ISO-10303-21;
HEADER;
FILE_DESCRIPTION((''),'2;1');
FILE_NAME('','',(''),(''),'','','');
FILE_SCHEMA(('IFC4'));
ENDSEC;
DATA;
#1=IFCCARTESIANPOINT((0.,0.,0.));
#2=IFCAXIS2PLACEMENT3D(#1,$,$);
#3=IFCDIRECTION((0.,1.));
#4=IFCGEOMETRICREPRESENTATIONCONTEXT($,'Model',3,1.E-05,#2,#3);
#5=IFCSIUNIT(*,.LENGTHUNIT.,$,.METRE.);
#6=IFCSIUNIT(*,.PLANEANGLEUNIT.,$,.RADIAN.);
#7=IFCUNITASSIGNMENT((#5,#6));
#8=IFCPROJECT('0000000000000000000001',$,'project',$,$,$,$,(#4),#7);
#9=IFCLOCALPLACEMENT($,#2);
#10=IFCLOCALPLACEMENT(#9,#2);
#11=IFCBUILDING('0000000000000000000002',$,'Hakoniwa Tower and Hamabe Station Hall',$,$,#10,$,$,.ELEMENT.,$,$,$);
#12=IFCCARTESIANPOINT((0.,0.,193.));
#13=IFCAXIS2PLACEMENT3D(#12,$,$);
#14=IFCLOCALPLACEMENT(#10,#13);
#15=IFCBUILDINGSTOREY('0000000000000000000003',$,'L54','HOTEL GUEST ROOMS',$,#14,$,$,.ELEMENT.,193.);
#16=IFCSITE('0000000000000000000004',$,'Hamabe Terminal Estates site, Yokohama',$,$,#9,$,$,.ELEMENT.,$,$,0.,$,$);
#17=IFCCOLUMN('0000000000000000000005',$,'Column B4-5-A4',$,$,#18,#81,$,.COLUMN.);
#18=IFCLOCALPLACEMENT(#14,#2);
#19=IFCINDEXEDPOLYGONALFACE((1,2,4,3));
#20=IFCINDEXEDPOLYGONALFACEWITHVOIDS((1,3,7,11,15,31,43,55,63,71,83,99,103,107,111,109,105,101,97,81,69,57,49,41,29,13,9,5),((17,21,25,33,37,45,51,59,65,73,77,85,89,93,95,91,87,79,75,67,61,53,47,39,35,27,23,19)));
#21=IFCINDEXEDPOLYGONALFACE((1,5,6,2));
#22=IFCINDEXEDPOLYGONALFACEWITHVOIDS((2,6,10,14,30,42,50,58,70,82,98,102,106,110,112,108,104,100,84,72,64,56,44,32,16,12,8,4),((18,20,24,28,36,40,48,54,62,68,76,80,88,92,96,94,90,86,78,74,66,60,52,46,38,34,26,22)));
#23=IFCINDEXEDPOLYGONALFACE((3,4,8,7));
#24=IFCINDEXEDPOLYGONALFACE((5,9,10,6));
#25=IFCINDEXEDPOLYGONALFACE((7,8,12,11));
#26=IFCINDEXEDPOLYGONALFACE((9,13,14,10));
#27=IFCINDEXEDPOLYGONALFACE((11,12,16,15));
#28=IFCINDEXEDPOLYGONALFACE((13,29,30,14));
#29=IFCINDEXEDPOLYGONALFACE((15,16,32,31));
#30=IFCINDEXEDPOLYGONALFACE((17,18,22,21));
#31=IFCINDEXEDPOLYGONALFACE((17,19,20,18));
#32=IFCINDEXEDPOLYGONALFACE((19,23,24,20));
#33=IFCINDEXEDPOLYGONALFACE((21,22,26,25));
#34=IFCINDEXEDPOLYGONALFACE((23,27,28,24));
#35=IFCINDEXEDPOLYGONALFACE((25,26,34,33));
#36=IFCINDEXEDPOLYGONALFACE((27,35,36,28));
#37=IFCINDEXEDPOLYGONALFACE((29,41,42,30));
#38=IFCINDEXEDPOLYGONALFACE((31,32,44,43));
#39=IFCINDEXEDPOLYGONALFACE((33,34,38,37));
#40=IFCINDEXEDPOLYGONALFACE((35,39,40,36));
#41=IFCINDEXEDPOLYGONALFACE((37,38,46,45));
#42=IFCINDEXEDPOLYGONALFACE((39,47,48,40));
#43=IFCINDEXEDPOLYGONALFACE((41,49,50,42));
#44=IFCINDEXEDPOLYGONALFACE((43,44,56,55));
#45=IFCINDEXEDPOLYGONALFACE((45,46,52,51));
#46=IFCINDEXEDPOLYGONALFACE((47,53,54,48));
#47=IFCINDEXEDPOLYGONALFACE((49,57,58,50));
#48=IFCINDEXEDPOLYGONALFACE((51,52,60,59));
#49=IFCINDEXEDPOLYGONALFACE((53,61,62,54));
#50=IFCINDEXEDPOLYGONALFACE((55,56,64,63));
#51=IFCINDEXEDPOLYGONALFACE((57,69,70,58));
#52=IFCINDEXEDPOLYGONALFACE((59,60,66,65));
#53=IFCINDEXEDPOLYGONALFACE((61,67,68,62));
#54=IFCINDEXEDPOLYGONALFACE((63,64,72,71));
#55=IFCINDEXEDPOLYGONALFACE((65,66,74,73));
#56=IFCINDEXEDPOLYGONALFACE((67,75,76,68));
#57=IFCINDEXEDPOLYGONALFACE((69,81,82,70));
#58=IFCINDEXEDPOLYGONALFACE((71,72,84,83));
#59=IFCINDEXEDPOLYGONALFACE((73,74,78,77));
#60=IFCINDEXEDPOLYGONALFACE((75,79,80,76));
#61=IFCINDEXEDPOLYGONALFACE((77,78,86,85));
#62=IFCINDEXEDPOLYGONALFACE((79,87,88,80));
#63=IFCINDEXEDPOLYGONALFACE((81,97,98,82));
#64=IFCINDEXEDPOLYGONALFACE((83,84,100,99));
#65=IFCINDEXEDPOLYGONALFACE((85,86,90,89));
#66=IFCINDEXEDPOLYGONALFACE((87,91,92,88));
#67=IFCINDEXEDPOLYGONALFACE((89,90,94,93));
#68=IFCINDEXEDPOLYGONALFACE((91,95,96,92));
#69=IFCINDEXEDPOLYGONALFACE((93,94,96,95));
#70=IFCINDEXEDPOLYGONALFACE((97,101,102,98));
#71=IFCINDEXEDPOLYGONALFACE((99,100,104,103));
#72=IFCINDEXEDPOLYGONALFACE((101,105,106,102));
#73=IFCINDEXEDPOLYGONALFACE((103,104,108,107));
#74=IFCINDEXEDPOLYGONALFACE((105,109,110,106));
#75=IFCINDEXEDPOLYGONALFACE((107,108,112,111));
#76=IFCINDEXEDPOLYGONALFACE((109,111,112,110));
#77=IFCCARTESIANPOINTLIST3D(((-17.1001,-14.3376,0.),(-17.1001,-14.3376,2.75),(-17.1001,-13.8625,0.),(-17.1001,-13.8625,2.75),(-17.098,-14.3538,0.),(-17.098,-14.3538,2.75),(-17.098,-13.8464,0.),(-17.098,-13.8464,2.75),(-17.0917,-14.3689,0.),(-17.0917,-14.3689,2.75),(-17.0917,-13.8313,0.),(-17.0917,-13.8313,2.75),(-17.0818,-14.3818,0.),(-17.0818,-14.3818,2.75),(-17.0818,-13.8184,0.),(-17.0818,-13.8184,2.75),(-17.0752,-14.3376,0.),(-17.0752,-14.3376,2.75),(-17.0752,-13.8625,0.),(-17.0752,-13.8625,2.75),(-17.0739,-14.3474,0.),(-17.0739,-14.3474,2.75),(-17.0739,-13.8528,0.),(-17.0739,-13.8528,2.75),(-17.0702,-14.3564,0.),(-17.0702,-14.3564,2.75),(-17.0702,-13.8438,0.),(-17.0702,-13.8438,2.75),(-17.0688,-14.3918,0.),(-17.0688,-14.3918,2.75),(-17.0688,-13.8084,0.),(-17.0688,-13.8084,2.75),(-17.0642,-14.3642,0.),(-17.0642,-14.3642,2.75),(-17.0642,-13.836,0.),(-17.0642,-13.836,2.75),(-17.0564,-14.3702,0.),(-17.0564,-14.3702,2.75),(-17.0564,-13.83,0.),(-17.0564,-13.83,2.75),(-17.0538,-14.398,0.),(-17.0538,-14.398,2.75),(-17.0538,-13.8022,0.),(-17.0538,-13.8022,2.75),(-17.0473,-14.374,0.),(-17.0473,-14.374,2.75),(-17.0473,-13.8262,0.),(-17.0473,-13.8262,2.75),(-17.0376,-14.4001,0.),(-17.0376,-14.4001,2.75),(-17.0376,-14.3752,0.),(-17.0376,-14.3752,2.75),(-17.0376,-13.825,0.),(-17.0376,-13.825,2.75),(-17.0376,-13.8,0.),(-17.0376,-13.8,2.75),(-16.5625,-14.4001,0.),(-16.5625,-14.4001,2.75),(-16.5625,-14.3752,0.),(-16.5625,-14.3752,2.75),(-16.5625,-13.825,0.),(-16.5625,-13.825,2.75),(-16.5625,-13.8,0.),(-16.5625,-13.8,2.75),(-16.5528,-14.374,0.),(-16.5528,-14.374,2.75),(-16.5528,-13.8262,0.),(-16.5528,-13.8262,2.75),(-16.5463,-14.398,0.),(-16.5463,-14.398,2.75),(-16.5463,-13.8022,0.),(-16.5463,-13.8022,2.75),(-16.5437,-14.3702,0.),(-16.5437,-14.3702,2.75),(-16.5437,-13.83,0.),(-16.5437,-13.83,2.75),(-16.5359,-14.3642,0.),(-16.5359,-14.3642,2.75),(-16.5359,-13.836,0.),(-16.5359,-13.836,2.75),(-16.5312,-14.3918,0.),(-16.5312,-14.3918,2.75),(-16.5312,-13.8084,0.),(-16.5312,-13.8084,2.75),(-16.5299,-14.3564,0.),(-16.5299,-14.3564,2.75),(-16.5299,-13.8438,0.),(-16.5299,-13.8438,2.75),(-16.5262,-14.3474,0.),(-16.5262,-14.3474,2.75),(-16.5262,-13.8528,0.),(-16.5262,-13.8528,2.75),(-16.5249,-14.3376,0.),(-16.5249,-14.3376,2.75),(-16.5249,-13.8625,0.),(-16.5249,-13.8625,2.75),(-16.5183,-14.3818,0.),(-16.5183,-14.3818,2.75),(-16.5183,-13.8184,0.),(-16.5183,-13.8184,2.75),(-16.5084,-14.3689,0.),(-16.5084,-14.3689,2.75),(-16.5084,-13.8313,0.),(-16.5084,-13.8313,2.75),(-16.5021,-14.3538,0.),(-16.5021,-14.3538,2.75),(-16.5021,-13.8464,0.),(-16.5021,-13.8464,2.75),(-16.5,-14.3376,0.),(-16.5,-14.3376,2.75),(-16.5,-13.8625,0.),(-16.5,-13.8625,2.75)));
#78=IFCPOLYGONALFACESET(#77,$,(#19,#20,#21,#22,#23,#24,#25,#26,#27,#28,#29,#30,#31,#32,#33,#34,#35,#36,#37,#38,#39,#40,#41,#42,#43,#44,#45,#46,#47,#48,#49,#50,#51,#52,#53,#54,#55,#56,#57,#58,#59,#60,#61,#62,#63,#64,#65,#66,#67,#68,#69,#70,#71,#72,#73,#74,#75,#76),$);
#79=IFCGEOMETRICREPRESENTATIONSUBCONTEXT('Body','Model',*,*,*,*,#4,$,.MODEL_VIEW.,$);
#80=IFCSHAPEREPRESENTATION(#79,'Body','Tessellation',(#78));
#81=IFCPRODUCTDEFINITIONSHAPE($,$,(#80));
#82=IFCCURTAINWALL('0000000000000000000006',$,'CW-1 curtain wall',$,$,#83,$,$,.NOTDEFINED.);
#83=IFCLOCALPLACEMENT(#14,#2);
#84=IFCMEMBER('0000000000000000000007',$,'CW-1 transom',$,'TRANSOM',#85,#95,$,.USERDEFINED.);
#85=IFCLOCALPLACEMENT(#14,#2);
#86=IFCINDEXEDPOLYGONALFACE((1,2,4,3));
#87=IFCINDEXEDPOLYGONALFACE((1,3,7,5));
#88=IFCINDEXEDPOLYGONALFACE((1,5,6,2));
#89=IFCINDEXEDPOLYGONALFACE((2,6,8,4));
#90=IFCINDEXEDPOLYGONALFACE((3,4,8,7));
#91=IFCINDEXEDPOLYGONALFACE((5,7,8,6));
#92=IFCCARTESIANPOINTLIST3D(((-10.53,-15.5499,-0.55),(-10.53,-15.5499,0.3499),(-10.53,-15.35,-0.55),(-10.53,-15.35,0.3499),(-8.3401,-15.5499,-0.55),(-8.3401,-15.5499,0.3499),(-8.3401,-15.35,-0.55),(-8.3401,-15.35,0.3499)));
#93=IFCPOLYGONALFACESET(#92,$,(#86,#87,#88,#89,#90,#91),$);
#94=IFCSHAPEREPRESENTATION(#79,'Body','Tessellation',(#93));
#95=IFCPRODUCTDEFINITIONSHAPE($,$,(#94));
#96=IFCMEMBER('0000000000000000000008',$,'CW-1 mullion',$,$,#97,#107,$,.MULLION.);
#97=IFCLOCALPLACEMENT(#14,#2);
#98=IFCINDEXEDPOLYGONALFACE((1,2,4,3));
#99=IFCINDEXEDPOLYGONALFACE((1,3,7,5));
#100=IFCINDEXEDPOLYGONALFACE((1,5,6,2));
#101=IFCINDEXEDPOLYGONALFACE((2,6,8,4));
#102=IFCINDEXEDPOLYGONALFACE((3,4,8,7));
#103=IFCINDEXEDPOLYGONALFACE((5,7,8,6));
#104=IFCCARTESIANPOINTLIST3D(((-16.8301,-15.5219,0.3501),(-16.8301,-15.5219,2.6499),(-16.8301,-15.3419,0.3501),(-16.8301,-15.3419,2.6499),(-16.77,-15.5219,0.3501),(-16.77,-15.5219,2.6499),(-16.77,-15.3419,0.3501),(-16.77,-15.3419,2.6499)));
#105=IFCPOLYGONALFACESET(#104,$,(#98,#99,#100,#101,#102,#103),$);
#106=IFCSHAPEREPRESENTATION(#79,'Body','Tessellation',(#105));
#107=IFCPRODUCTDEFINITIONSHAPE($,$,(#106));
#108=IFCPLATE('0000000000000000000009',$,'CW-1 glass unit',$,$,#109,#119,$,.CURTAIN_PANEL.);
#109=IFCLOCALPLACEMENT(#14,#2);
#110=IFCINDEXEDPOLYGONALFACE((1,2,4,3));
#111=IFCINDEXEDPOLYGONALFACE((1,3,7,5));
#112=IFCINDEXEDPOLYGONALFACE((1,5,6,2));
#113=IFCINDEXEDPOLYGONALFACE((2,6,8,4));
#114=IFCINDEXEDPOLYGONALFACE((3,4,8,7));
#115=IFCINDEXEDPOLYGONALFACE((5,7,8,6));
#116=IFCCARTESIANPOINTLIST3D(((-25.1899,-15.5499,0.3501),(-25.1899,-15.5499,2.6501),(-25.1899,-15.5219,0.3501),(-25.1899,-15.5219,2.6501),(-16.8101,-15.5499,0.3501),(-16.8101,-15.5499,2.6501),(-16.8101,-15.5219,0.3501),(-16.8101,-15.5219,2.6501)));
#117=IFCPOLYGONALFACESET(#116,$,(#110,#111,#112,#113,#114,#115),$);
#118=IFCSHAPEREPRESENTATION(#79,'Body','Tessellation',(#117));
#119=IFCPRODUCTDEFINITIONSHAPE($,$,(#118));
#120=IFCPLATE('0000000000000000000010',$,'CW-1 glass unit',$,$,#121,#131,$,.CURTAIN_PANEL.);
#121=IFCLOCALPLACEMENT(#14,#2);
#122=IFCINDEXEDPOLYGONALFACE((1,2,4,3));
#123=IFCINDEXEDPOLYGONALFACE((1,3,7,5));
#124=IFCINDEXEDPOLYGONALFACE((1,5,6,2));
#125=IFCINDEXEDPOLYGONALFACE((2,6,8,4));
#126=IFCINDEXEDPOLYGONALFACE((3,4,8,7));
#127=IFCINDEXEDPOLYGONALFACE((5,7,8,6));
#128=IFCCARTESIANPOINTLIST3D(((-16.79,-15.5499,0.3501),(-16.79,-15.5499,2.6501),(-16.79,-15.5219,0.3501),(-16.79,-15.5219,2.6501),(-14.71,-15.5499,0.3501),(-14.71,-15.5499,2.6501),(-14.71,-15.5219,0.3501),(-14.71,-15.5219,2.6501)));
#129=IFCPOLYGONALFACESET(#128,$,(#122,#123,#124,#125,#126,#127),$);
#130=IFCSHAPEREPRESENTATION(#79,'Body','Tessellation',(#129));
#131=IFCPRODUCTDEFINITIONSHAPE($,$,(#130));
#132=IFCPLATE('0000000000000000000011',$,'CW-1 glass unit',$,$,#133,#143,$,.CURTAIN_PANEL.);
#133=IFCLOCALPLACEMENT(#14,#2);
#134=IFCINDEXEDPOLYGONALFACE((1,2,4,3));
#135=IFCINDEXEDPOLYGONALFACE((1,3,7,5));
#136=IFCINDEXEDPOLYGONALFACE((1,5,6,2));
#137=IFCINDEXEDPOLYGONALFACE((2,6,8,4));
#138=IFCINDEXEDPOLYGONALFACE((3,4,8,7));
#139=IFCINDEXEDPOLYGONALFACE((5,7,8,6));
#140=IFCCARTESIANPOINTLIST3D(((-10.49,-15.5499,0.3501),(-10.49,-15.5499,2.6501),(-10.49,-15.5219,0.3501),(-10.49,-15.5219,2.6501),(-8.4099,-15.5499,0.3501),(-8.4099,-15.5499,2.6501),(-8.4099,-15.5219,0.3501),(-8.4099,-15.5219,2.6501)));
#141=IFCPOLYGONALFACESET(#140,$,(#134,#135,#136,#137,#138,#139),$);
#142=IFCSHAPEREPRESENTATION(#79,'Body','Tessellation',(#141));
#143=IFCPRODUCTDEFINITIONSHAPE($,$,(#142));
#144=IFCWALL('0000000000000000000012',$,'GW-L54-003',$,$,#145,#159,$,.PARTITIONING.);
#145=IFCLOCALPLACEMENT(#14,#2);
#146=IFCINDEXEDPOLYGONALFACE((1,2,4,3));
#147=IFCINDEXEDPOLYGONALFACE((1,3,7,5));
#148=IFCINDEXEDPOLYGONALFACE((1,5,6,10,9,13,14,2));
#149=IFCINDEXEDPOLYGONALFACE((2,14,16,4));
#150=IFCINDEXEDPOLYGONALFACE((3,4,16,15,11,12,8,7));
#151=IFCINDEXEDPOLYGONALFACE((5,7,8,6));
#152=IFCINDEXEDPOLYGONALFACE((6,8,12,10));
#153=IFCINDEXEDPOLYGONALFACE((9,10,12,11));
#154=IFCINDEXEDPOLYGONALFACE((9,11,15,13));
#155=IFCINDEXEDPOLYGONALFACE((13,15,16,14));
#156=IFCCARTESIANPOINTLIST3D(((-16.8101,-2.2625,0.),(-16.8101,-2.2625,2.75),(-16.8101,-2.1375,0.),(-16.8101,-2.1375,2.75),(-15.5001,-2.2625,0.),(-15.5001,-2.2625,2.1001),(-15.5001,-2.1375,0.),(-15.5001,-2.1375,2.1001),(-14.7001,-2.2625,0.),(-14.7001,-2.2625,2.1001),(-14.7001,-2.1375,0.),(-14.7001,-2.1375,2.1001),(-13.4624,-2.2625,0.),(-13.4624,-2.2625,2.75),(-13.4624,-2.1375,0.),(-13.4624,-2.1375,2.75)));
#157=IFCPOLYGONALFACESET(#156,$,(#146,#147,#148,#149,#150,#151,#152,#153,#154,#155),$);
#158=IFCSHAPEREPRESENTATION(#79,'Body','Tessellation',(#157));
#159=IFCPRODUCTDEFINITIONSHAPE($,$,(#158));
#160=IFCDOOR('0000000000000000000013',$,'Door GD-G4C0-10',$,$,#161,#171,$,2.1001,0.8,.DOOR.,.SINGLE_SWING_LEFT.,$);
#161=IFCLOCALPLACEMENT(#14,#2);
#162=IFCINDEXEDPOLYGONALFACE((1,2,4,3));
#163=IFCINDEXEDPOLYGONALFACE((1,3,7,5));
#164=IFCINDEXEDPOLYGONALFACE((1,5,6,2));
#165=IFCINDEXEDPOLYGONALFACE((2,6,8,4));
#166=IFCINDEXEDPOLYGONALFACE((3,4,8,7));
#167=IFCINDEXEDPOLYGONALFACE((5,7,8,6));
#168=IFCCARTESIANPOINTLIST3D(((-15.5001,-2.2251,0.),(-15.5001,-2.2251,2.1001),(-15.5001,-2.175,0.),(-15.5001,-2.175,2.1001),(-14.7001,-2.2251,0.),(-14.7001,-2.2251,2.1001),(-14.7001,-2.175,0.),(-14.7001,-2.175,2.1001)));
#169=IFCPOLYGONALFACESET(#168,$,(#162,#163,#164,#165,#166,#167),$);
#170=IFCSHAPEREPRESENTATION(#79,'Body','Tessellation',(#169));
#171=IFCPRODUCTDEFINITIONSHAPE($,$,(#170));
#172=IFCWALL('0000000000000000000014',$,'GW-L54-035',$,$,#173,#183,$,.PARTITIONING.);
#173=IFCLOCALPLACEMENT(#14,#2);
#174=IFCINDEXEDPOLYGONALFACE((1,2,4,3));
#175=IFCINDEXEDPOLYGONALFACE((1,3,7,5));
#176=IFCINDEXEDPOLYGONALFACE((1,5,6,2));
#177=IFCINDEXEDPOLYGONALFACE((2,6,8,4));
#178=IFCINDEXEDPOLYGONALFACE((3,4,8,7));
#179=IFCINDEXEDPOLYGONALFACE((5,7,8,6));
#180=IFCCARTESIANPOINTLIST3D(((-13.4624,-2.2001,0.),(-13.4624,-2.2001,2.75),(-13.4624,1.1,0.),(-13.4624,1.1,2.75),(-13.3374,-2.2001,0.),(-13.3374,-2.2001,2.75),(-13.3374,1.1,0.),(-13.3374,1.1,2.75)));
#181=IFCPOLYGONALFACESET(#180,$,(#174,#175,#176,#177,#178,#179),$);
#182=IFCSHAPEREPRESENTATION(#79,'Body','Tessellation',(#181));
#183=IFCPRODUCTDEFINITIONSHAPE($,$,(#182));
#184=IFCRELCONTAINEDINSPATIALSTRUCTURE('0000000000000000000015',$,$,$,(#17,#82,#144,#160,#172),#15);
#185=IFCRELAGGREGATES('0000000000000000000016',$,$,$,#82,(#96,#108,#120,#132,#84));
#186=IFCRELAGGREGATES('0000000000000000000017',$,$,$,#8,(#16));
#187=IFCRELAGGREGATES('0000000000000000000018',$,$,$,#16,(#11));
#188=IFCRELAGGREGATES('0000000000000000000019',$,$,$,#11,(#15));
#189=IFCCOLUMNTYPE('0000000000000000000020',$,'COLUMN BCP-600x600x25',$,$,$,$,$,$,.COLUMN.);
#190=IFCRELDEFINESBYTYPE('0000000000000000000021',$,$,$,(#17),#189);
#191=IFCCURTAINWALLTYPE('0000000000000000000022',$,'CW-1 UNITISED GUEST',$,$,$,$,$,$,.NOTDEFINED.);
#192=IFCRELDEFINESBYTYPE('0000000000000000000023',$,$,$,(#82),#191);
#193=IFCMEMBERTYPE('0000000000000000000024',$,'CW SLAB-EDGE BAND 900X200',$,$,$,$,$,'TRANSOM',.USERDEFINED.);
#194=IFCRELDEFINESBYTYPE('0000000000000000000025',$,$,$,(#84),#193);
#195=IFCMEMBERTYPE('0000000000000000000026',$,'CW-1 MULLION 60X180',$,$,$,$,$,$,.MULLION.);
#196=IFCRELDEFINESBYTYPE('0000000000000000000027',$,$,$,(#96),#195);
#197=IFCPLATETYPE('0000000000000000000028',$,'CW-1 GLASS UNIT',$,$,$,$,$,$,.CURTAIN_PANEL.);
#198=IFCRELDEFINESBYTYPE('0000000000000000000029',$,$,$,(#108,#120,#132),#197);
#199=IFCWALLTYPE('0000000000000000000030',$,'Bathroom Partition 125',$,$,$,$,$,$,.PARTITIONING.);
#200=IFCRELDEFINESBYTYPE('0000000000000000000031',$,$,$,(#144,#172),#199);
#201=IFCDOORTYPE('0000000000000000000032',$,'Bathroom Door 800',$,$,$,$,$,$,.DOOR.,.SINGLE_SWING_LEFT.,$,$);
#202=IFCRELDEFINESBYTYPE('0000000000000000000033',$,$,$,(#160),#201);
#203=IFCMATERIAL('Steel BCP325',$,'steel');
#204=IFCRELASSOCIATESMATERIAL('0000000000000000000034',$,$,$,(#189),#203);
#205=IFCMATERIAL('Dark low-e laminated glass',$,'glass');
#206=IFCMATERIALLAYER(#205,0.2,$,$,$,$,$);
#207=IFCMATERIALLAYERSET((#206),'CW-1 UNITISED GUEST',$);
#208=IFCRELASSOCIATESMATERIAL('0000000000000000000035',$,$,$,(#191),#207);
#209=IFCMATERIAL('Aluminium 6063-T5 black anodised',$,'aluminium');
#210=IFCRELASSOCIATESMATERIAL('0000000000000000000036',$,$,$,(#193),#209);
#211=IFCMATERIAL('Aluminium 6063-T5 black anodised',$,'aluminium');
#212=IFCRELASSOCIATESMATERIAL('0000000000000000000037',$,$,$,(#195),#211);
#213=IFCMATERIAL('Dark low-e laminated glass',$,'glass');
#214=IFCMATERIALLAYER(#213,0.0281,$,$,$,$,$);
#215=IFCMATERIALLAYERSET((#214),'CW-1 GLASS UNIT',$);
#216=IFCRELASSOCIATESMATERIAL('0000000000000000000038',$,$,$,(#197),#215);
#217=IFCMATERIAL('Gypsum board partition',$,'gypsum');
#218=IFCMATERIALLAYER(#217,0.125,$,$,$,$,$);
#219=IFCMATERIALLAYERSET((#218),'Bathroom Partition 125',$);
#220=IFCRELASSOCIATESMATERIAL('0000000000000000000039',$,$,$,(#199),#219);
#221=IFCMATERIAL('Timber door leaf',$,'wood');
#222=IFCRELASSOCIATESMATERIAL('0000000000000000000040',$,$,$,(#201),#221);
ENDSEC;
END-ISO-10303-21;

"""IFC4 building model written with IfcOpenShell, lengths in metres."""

from ifc_helpers import new_model, si_unit, direction, frame, frame_2d, origin, origin_2d, place, context, subcontext, project, spatial, rectangle, hollow_rectangle, extrude, material, layer, layer_set, material_profile, profile_set, type_object, element, fill, aggregate, save


model = new_model("IFC4")

# Units and contexts
model_context = context("Model", 3, precision=1e-05, world=origin(), true_north=direction((0.0, 1.0)))
body_context = subcontext(model_context, "Body", "Model", "MODEL_VIEW")
ifc_project = project(units=[si_unit("LENGTHUNIT", "METRE"), si_unit("PLANEANGLEUNIT", "RADIAN")], contexts=[model_context])

# Site, building, storey
site_placement = place(None, origin())
site = spatial("IfcSite", under=ifc_project, at=site_placement, Name="Hamabe Terminal Estates site, Yokohama", CompositionType="ELEMENT", RefElevation=0.0)
building_placement = place(site_placement, origin())
building = spatial("IfcBuilding", under=site, at=building_placement, Name="Hakoniwa Tower and Hamabe Station Hall", CompositionType="ELEMENT")
storey_placement = place(building_placement, frame((0.0, 0.0, 193.0)))
storey = spatial("IfcBuildingStorey", under=building, at=storey_placement, Name="L54", Description="HOTEL GUEST ROOMS", CompositionType="ELEMENT", Elevation=193.0)

# Column
ifc_material_1 = material(Name="Steel BCP325", Category="steel")
ifc_material_profile_1 = material_profile(ifc_material_1, hollow_rectangle(XDim=0.6001, YDim=0.6001, WallThickness=0.0249, InnerFilletRadius=0.0376, OuterFilletRadius=0.0625, at=origin_2d()), Name="BCP-600x600x25")
ifc_profile_set_1 = profile_set([ifc_material_profile_1], Name="Steel BCP325")
column_type = type_object("IfcColumnType", Name="COLUMN BCP-600x600x25", PredefinedType="COLUMN", material=ifc_profile_set_1)
column_placement = place(storey_placement, frame((-16.8, -14.1001, 0.0), z_axis=(0.0, 0.0, 1.0), x_axis=(1.0, 0.0, 0.0)))
element("IfcColumn", 1, at=column_placement, inside=storey, type_object=column_type, Name="Column B4-5-A4", PredefinedType="COLUMN", context=body_context, shape_type="SweptSolid", body=[
    extrude(hollow_rectangle(XDim=0.6001, YDim=0.6001, WallThickness=0.0249, InnerFilletRadius=0.0376, OuterFilletRadius=0.0625, at=origin_2d()), origin(), (0.0, 0.0, 1.0), 2.75),
])

# Curtain wall, members, plates
ifc_material_2 = material(Name="Dark low-e laminated glass", Category="glass")
ifc_layer_1 = layer(ifc_material_2, 0.2)
ifc_layer_set_1 = layer_set([ifc_layer_1], Name="CW-1 UNITISED GUEST")
curtain_wall_type = type_object("IfcCurtainWallType", Name="CW-1 UNITISED GUEST", PredefinedType="NOTDEFINED", material=ifc_layer_set_1)
curtain_wall_placement = place(storey_placement, origin())
curtain_wall = element("IfcCurtainWall", 2, at=curtain_wall_placement, inside=storey, type_object=curtain_wall_type, Name="CW-1 curtain wall", PredefinedType="NOTDEFINED")
ifc_material_3 = material(Name="Aluminium 6063-T5 black anodised", Category="aluminium")
ifc_material_profile_2 = material_profile(ifc_material_3, rectangle(XDim=0.2, YDim=0.8999, at=origin_2d()), Name="CW SLAB-EDGE BAND 900X200")
ifc_profile_set_2 = profile_set([ifc_material_profile_2], Name="Aluminium 6063-T5 black anodised")
member_type_1 = type_object("IfcMemberType", Name="CW SLAB-EDGE BAND 900X200", ElementType="TRANSOM", PredefinedType="USERDEFINED", material=ifc_profile_set_2)
member_1_placement = place(storey_placement, frame((-10.53, -15.45, -0.1001), z_axis=(1.0, 0.0, 0.0), x_axis=(0.0, 1.0, 0.0)))
member_1 = element("IfcMember", 3, at=member_1_placement, type_object=member_type_1, Name="CW-1 transom", ObjectType="TRANSOM", PredefinedType="USERDEFINED", context=body_context, shape_type="SweptSolid", body=[
    extrude(rectangle(XDim=0.2, YDim=0.8999, at=origin_2d()), origin(), (0.0, 0.0, 1.0), 2.1899),
])
ifc_material_4 = material(Name="Aluminium 6063-T5 black anodised", Category="aluminium")
ifc_material_profile_3 = material_profile(ifc_material_4, rectangle(XDim=0.0601, YDim=0.1799, at=origin_2d()), Name="CW-1 MULLION 60X180")
ifc_profile_set_3 = profile_set([ifc_material_profile_3], Name="Aluminium 6063-T5 black anodised")
member_type_2 = type_object("IfcMemberType", Name="CW-1 MULLION 60X180", PredefinedType="MULLION", material=ifc_profile_set_3)
member_2_placement = place(storey_placement, frame((-16.8, -15.4319, 0.3501), z_axis=(0.0, 0.0, 1.0), x_axis=(1.0, 0.0, 0.0)))
member_2 = element("IfcMember", 4, at=member_2_placement, type_object=member_type_2, Name="CW-1 mullion", PredefinedType="MULLION", context=body_context, shape_type="SweptSolid", body=[
    extrude(rectangle(XDim=0.0601, YDim=0.1799, at=origin_2d()), origin(), (0.0, 0.0, 1.0), 2.2998),
])
ifc_material_5 = material(Name="Dark low-e laminated glass", Category="glass")
ifc_layer_2 = layer(ifc_material_5, 0.0281)
ifc_layer_set_2 = layer_set([ifc_layer_2], Name="CW-1 GLASS UNIT")
plate_type = type_object("IfcPlateType", Name="CW-1 GLASS UNIT", PredefinedType="CURTAIN_PANEL", material=ifc_layer_set_2)
plate_1_placement = place(storey_placement, frame((-21.0, -15.5359, 0.3501), z_axis=(0.0, 0.0, 1.0), x_axis=(1.0, 0.0, 0.0)))
plate_1 = element("IfcPlate", 5, at=plate_1_placement, type_object=plate_type, Name="CW-1 glass unit", PredefinedType="CURTAIN_PANEL", context=body_context, shape_type="SweptSolid", body=[
    extrude(rectangle(XDim=8.3799, YDim=0.0281, at=origin_2d()), origin(), (0.0, 0.0, 1.0), 2.3),
])
plate_2_placement = place(storey_placement, frame((-15.75, -15.5359, 0.3501), z_axis=(0.0, 0.0, 1.0), x_axis=(1.0, 0.0, 0.0)))
plate_2 = element("IfcPlate", 6, at=plate_2_placement, type_object=plate_type, Name="CW-1 glass unit", PredefinedType="CURTAIN_PANEL", context=body_context, shape_type="SweptSolid", body=[
    extrude(rectangle(XDim=2.0801, YDim=0.0281, at=origin_2d()), origin(), (0.0, 0.0, 1.0), 2.3),
])
plate_3_placement = place(storey_placement, frame((-9.45, -15.5359, 0.3501), z_axis=(0.0, 0.0, 1.0), x_axis=(1.0, 0.0, 0.0)))
plate_3 = element("IfcPlate", 7, at=plate_3_placement, type_object=plate_type, Name="CW-1 glass unit", PredefinedType="CURTAIN_PANEL", context=body_context, shape_type="SweptSolid", body=[
    extrude(rectangle(XDim=2.0801, YDim=0.0281, at=origin_2d()), origin(), (0.0, 0.0, 1.0), 2.3),
])

# Wall, opening, door
ifc_material_6 = material(Name="Gypsum board partition", Category="gypsum")
ifc_layer_3 = layer(ifc_material_6, 0.125)
ifc_layer_set_3 = layer_set([ifc_layer_3], Name="Bathroom Partition 125")
wall_type_1 = type_object("IfcWallType", Name="Bathroom Partition 125", PredefinedType="PARTITIONING", material=ifc_layer_set_3)
wall_1_placement = place(storey_placement, frame((-16.8101, -2.2, 0.0), z_axis=(0.0, 0.0, 1.0), x_axis=(1.0, 0.0, 0.0)))
wall_1 = element("IfcWall", 8, at=wall_1_placement, inside=storey, type_object=wall_type_1, Name="GW-L54-003", PredefinedType="PARTITIONING", context=body_context, shape_type="SweptSolid", body=[
    extrude(rectangle(XDim=3.3477, YDim=0.125, at=frame_2d((1.6738, 0.0))), origin(), (0.0, 0.0, 1.0), 2.75),
])
opening_1_placement = place(wall_1_placement, frame((1.3101, 0.0, 0.0)))
opening_1 = element("IfcOpeningElement", 9, at=opening_1_placement, cuts=wall_1, PredefinedType="OPENING", context=body_context, shape_type="SweptSolid", body=[
    extrude(rectangle(XDim=0.8, YDim=2.1001, at=frame_2d((0.3999, 1.05))), frame((0.0, 0.0725, 0.0), z_axis=(0.0, -1.0, 0.0), x_axis=(1.0, 0.0, 0.0)), (0.0, 0.0, 1.0), 0.145),
])
ifc_material_7 = material(Name="Timber door leaf", Category="wood")
door_type_1 = type_object("IfcDoorType", Name="Bathroom Door 800", OperationType="SINGLE_SWING_LEFT", PredefinedType="DOOR", material=ifc_material_7)
door_1_placement = place(opening_1_placement, origin())
door_1 = element("IfcDoor", 10, at=door_1_placement, inside=storey, type_object=door_type_1, Name="Door GD-G4C0-10", OperationType="SINGLE_SWING_LEFT", OverallHeight=2.1001, OverallWidth=0.8, PredefinedType="DOOR", context=body_context, shape_type="SweptSolid", body=[
    extrude(rectangle(XDim=0.8, YDim=2.1001, at=frame_2d((0.3999, 1.05))), frame((0.0, 0.0249, 0.0), z_axis=(0.0, -1.0, 0.0), x_axis=(1.0, 0.0, 0.0)), (0.0, 0.0, 1.0), 0.05),
])
fill(opening_1, door_1)

# Wall
wall_2_placement = place(storey_placement, frame((-13.3999, -2.2, 0.0), z_axis=(0.0, 0.0, 1.0), x_axis=(0.0, 1.0, 0.0)))
element("IfcWall", 11, at=wall_2_placement, inside=storey, type_object=wall_type_1, Name="GW-L54-035", PredefinedType="PARTITIONING", context=body_context, shape_type="SweptSolid", body=[
    extrude(rectangle(XDim=3.3, YDim=0.125, at=frame_2d((1.6499, 0.0))), origin(), (0.0, 0.0, 1.0), 2.75),
])

aggregate(curtain_wall, [member_2, plate_1, plate_2, plate_3, member_1])

save(model, "model.ifc")
